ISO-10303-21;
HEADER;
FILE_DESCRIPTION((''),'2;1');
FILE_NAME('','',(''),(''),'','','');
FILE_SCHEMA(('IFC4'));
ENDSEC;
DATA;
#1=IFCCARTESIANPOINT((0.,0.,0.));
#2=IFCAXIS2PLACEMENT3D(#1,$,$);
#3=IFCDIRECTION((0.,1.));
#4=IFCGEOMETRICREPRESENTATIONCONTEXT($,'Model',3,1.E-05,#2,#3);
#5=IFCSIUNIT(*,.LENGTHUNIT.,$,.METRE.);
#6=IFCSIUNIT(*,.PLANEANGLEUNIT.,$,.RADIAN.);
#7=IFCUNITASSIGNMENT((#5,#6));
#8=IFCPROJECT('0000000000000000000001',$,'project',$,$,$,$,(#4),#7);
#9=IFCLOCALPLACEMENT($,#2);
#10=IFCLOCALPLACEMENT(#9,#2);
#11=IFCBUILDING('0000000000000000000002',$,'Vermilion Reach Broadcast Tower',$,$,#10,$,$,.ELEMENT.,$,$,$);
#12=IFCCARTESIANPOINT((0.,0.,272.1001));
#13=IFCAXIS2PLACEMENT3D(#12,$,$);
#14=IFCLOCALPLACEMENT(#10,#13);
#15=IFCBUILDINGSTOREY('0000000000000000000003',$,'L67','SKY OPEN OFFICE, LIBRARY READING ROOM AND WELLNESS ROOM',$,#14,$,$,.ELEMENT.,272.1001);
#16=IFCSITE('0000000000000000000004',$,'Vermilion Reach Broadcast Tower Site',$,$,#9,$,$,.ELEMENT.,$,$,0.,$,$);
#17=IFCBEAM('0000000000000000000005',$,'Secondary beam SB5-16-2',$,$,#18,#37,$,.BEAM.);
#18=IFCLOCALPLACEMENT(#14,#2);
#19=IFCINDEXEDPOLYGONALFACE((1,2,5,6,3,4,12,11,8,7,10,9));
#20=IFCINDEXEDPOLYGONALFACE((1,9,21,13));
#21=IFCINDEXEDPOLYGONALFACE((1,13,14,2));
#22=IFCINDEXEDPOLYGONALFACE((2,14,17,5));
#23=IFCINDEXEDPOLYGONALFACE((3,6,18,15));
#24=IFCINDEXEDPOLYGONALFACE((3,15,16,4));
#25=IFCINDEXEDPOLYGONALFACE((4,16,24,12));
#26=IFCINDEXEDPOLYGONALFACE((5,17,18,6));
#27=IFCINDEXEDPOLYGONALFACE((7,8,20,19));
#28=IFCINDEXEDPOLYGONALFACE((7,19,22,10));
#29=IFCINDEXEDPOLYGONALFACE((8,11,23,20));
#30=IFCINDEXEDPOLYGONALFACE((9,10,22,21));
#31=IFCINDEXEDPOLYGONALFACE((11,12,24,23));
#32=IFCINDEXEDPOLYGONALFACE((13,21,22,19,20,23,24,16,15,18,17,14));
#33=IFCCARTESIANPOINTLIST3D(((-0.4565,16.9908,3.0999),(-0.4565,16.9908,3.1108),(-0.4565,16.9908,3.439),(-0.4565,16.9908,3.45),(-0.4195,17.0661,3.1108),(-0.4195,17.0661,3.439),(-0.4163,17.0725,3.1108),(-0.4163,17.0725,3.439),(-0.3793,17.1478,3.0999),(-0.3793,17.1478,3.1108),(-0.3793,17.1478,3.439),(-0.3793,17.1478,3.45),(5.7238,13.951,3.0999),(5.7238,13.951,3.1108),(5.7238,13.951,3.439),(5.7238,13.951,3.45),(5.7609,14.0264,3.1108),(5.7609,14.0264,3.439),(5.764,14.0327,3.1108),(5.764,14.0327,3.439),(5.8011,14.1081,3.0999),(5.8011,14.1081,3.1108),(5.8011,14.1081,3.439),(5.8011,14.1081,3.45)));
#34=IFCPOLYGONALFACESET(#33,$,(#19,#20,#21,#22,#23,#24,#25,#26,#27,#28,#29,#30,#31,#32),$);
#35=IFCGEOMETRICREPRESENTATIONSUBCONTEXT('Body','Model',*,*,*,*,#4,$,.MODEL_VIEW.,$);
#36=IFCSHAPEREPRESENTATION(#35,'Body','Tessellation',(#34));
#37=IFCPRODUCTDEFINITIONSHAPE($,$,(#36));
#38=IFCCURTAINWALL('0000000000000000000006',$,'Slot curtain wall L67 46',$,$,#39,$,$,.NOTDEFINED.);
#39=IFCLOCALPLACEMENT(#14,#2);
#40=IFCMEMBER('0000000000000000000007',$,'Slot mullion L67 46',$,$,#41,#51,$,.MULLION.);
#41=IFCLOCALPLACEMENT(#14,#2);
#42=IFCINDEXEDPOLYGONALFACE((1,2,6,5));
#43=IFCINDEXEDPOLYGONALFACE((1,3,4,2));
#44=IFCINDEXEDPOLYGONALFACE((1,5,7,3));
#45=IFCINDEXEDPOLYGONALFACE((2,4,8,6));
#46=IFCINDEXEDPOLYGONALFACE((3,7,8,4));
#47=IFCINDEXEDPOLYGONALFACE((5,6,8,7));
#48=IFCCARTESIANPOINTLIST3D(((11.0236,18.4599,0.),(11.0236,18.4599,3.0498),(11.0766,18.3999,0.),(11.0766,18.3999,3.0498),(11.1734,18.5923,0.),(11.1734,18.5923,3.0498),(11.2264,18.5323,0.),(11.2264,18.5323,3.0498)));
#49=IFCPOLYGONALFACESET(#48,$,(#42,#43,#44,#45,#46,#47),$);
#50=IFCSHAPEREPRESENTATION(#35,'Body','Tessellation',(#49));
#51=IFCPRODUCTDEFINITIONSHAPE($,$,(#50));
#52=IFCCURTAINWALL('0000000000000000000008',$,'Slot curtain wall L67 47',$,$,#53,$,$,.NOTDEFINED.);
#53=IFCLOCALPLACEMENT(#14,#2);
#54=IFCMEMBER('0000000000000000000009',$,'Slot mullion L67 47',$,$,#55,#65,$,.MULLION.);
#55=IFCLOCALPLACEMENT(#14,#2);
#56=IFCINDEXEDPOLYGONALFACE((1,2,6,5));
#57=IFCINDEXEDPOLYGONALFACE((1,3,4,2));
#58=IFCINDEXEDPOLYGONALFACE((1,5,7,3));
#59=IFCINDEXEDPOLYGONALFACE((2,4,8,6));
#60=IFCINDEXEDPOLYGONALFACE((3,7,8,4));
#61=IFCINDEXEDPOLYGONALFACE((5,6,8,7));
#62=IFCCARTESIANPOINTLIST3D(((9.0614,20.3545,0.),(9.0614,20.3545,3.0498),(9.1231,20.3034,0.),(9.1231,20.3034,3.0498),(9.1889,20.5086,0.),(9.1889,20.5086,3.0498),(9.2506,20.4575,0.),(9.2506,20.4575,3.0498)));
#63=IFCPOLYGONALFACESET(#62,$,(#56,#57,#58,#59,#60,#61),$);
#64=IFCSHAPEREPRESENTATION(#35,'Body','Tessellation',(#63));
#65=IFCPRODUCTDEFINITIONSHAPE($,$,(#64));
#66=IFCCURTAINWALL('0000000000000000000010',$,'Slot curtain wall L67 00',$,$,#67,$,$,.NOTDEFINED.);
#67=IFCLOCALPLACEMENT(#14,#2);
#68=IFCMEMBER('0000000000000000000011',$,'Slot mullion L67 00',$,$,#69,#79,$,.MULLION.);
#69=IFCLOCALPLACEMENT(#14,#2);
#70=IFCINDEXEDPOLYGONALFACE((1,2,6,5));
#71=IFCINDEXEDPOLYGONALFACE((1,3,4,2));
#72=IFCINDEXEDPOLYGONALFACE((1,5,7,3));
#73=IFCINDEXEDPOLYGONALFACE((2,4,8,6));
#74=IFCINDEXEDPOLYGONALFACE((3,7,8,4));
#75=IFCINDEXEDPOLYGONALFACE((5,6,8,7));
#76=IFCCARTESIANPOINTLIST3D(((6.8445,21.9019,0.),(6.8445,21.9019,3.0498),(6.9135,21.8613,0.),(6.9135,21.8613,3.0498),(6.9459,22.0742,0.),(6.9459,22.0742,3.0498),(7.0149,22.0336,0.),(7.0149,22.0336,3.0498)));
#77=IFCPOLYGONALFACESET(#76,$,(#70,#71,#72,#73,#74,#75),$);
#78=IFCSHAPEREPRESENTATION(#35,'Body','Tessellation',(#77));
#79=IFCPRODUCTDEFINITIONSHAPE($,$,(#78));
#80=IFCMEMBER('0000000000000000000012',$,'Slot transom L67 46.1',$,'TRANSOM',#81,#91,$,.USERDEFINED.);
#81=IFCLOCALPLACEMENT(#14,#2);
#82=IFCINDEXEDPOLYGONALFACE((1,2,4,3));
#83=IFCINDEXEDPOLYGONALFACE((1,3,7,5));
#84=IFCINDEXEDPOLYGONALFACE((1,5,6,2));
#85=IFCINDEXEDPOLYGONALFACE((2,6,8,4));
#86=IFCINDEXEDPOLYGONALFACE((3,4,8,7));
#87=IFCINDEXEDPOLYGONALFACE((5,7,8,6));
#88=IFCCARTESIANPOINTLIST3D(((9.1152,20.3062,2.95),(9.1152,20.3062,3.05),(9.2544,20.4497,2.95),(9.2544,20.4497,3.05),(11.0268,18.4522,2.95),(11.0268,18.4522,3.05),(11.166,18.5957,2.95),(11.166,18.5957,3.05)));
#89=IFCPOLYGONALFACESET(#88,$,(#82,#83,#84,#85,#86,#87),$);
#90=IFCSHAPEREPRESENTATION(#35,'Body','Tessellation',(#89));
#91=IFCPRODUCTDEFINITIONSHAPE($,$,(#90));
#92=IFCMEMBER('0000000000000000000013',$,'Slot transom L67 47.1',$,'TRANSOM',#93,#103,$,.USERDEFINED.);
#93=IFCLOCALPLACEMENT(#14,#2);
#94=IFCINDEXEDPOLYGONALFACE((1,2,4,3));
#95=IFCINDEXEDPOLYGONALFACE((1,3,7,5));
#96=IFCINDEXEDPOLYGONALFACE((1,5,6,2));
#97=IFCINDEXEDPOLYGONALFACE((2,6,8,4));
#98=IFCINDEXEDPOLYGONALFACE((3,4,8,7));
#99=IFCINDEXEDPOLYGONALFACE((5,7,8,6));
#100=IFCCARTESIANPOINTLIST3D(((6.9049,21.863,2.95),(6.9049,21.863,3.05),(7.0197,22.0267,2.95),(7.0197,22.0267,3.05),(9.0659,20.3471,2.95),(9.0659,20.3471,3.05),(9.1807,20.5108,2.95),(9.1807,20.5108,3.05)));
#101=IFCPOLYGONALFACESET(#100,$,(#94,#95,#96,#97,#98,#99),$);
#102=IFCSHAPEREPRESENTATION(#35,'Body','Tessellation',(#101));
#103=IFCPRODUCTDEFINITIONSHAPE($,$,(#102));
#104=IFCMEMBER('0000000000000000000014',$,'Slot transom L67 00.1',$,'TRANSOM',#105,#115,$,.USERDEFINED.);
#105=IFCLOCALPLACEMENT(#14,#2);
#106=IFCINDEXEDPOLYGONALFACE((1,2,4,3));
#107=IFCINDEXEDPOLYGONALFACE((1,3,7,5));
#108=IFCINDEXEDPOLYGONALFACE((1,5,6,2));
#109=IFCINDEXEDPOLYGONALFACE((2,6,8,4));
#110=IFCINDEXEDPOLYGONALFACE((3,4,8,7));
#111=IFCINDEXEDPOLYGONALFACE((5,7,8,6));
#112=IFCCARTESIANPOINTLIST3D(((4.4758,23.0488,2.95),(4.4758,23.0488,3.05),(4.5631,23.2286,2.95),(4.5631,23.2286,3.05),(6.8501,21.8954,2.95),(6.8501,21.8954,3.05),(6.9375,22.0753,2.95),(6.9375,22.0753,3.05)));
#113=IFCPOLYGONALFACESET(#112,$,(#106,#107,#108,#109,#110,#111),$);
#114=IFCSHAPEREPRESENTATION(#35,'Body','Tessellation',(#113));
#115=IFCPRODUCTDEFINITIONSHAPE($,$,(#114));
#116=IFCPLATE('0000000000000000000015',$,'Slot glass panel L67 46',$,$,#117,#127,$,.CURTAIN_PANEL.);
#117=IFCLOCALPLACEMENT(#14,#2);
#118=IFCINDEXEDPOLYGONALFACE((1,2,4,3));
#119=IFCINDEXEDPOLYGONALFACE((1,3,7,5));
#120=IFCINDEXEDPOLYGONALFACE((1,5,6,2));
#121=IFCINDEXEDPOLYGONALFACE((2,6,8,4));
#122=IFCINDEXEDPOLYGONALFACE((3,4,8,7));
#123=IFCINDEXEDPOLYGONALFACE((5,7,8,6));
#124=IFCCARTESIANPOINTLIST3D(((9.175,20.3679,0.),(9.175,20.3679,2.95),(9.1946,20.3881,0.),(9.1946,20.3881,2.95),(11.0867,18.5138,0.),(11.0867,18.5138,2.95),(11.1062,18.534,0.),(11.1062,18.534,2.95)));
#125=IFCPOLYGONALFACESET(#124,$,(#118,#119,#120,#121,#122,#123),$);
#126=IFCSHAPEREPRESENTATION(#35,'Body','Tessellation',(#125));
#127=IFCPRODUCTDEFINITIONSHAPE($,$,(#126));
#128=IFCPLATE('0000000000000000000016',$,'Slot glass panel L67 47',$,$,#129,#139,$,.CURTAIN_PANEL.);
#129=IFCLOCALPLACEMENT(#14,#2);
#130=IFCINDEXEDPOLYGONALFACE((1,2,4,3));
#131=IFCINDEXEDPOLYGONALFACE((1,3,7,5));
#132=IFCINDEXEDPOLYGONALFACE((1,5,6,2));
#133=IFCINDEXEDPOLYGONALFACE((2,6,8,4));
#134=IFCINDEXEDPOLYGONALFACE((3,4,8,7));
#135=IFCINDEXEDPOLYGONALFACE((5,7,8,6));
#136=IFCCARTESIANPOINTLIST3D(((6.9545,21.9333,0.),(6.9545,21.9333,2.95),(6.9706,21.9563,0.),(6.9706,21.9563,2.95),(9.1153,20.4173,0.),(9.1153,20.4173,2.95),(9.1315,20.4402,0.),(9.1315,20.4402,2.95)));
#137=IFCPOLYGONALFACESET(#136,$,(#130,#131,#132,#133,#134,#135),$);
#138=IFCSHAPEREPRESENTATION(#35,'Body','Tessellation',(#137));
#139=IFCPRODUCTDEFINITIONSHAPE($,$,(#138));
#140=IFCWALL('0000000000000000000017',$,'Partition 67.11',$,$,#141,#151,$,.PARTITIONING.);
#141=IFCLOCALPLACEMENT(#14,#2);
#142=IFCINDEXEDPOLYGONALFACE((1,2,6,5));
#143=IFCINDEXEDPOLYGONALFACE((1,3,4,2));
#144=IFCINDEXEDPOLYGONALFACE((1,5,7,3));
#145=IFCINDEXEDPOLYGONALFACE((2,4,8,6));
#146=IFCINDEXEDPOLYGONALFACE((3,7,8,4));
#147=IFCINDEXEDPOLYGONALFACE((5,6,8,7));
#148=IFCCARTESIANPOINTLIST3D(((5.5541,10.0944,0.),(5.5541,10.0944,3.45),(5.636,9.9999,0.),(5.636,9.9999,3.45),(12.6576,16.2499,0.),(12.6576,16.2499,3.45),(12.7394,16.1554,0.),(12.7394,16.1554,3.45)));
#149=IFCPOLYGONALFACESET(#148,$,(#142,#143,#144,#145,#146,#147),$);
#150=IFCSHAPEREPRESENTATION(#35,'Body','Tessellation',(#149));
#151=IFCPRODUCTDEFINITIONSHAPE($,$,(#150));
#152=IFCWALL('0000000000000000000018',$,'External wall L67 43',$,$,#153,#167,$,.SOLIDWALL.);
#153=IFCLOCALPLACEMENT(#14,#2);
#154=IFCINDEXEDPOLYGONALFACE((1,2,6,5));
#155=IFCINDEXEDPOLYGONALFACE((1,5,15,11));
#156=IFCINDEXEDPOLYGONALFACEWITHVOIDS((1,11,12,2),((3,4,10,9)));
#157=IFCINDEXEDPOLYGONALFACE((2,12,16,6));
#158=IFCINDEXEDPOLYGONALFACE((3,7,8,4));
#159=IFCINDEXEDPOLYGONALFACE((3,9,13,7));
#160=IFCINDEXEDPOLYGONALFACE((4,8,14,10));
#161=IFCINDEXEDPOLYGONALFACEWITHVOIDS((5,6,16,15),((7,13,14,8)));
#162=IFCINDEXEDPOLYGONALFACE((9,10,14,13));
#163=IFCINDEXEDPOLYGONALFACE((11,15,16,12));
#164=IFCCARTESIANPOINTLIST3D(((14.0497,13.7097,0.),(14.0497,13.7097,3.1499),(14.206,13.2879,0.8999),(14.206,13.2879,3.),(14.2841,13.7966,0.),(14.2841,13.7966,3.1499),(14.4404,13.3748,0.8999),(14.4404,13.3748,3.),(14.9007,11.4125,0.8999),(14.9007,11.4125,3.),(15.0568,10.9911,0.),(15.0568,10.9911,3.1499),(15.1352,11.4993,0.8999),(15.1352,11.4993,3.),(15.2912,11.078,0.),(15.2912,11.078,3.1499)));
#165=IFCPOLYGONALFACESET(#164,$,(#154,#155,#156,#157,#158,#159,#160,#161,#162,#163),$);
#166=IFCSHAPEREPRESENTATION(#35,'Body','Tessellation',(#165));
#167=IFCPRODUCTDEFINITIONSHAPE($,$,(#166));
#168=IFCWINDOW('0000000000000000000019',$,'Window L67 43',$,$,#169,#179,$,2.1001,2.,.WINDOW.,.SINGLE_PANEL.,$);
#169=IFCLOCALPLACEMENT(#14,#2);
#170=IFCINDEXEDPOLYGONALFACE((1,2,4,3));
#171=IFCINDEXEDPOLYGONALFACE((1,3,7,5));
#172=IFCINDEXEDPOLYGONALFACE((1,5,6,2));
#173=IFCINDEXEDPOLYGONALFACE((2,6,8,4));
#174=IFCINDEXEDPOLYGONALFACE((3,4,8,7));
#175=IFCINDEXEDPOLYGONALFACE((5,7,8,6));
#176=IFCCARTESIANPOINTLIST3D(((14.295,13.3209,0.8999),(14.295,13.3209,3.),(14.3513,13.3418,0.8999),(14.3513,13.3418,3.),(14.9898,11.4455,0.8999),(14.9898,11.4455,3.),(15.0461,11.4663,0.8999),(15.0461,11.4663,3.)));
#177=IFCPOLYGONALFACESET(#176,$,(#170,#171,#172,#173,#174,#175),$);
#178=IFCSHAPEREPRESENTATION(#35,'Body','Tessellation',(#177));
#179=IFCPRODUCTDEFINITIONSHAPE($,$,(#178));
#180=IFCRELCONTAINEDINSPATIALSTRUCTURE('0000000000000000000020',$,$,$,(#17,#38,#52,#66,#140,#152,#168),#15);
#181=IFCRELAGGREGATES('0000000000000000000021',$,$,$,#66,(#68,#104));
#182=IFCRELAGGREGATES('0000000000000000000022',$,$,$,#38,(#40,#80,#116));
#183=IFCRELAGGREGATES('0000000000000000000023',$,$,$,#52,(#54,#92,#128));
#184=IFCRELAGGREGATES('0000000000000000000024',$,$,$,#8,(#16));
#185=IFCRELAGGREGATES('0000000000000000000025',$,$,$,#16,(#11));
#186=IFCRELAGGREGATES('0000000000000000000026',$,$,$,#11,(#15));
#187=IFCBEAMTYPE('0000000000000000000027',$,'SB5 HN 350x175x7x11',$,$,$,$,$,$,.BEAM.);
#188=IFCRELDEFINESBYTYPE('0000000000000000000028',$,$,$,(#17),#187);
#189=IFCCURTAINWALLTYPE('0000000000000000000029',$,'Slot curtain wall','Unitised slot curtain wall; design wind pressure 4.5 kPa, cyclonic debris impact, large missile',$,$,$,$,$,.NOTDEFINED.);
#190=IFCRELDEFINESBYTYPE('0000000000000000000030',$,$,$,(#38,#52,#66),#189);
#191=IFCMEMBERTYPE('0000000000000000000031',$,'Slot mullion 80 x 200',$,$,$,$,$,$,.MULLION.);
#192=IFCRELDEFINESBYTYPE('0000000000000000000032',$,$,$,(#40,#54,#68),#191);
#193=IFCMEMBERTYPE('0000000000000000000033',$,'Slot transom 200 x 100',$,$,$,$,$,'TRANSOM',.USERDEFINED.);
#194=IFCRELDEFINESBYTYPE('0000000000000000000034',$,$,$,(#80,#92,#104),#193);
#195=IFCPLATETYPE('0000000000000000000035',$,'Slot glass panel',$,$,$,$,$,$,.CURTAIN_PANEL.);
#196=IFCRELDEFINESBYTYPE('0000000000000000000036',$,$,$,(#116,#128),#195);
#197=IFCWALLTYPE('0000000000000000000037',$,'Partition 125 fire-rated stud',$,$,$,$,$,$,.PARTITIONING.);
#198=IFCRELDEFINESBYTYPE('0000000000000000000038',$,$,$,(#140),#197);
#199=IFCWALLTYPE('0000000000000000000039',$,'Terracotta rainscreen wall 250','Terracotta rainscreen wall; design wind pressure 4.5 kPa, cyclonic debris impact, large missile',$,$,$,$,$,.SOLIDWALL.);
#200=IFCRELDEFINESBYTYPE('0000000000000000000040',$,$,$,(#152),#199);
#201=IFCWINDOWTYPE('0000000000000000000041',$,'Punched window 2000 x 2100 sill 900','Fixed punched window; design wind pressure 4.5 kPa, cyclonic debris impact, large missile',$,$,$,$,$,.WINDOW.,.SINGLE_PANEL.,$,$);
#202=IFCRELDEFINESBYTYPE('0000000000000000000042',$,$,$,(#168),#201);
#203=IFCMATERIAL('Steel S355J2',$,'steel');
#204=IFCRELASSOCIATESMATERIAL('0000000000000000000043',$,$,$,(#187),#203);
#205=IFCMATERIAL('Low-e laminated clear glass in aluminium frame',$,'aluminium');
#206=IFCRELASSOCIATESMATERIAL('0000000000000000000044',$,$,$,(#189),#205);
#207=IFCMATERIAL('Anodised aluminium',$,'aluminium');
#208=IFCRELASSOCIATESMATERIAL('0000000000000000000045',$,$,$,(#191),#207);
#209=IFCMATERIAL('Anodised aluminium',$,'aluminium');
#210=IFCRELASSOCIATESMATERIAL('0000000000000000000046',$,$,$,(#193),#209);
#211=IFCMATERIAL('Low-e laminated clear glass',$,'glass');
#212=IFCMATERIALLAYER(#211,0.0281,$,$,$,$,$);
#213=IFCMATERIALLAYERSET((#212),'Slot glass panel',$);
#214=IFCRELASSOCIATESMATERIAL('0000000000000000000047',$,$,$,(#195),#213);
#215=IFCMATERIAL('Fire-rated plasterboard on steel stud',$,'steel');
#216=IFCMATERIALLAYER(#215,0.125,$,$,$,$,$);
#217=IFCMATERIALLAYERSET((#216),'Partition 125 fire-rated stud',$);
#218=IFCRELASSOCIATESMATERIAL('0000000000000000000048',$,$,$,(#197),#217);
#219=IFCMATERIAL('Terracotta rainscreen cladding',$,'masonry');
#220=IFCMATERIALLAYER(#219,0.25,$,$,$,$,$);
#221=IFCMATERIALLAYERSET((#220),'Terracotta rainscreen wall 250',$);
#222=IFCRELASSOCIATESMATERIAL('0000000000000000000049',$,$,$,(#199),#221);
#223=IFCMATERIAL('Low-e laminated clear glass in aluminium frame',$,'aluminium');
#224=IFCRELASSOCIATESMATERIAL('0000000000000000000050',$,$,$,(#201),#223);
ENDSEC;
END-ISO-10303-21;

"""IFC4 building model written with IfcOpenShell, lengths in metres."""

from ifc_helpers import new_model, si_unit, direction, frame, frame_2d, origin, origin_2d, place, context, subcontext, project, spatial, rectangle, i_section, extrude, material, layer, layer_set, material_profile, profile_set, type_object, element, fill, aggregate, save


model = new_model("IFC4")

# Units and contexts
model_context = context("Model", 3, precision=1e-05, world=origin(), true_north=direction((0.0, 1.0)))
body_context = subcontext(model_context, "Body", "Model", "MODEL_VIEW")
ifc_project = project(units=[si_unit("LENGTHUNIT", "METRE"), si_unit("PLANEANGLEUNIT", "RADIAN")], contexts=[model_context])

# Site, building, storey
site_placement = place(None, origin())
site = spatial("IfcSite", under=ifc_project, at=site_placement, Name="Vermilion Reach Broadcast Tower Site", CompositionType="ELEMENT", RefElevation=0.0)
building_placement = place(site_placement, origin())
building = spatial("IfcBuilding", under=site, at=building_placement, Name="Vermilion Reach Broadcast Tower", CompositionType="ELEMENT")
storey_placement = place(building_placement, frame((0.0, 0.0, 272.1001)))
storey = spatial("IfcBuildingStorey", under=building, at=storey_placement, Name="L67", Description="SKY OPEN OFFICE, LIBRARY READING ROOM AND WELLNESS ROOM", CompositionType="ELEMENT", Elevation=272.1001)

# Beam
ifc_material_1 = material(Name="Steel S355J2", Category="steel")
ifc_material_profile_1 = material_profile(ifc_material_1, i_section(OverallWidth=0.175, OverallDepth=0.3501, WebThickness=0.0071, FlangeThickness=0.011, at=origin_2d()), Name="S355J2 HN 350x175x7x11")
ifc_profile_set_1 = profile_set([ifc_material_profile_1], Name="Steel S355J2")
beam_type_1 = type_object("IfcBeamType", Name="SB5 HN 350x175x7x11", PredefinedType="BEAM", material=ifc_profile_set_1)
beam_1_placement = place(storey_placement, frame((5.7625, 14.0295, 3.2749), z_axis=(-0.897336, 0.441348, 0.0), x_axis=(-0.441348, -0.897336, 0.0)))
element("IfcBeam", 1, at=beam_1_placement, inside=storey, type_object=beam_type_1, Name="Secondary beam SB5-16-2", PredefinedType="BEAM", context=body_context, shape_type="SweptSolid", body=[
    extrude(i_section(OverallWidth=0.175, OverallDepth=0.3501, WebThickness=0.0071, FlangeThickness=0.011, at=origin_2d()), origin(), (0.0, 0.0, 1.0), 6.8875),
])

# Curtain walls, members
ifc_material_2 = material(Name="Low-e laminated clear glass in aluminium frame", Category="aluminium")
curtain_wall_type = type_object("IfcCurtainWallType", Name="Slot curtain wall", Description="Unitised slot curtain wall; design wind pressure 4.5 kPa, cyclonic debris impact, large missile", PredefinedType="NOTDEFINED", material=ifc_material_2)
placement = place(storey_placement, origin())
curtain_wall_1 = element("IfcCurtainWall", 2, at=placement, inside=storey, type_object=curtain_wall_type, Name="Slot curtain wall L67 46", PredefinedType="NOTDEFINED")
ifc_material_3 = material(Name="Anodised aluminium", Category="aluminium")
ifc_material_profile_2 = material_profile(ifc_material_3, rectangle(XDim=0.2, YDim=0.0801, at=origin_2d()), Name="Slot mullion 80 x 200")
ifc_profile_set_2 = profile_set([ifc_material_profile_2], Name="Anodised aluminium")
member_type_1 = type_object("IfcMemberType", Name="Slot mullion 80 x 200", PredefinedType="MULLION", material=ifc_profile_set_2)
member_1_placement = place(storey_placement, frame((11.125, 18.4961, 0.0), z_axis=(0.0, 0.0, 1.0), x_axis=(-0.749574, -0.661921, 0.0)))
member_1 = element("IfcMember", 3, at=member_1_placement, type_object=member_type_1, Name="Slot mullion L67 46", PredefinedType="MULLION", context=body_context, shape_type="SweptSolid", body=[
    extrude(rectangle(XDim=0.2, YDim=0.0801, at=origin_2d()), origin(), (0.0, 0.0, 1.0), 3.0498),
])
curtain_wall_2 = element("IfcCurtainWall", 4, at=placement, inside=storey, type_object=curtain_wall_type, Name="Slot curtain wall L67 47", PredefinedType="NOTDEFINED")
member_2_placement = place(storey_placement, frame((9.156, 20.406, 0.0), z_axis=(0.0, 0.0, 1.0), x_axis=(-0.637275, -0.770637, 0.0)))
member_2 = element("IfcMember", 5, at=member_2_placement, type_object=member_type_1, Name="Slot mullion L67 47", PredefinedType="MULLION", context=body_context, shape_type="SweptSolid", body=[
    extrude(rectangle(XDim=0.2, YDim=0.0801, at=origin_2d()), origin(), (0.0, 0.0, 1.0), 3.0498),
])
curtain_wall_3 = element("IfcCurtainWall", 6, at=placement, inside=storey, type_object=curtain_wall_type, Name="Slot curtain wall L67 00", PredefinedType="NOTDEFINED")
member_3_placement = place(storey_placement, frame((6.9297, 21.9678, 0.0), z_axis=(0.0, 0.0, 1.0), x_axis=(-0.507238, -0.861806, 0.0)))
member_3 = element("IfcMember", 7, at=member_3_placement, type_object=member_type_1, Name="Slot mullion L67 00", PredefinedType="MULLION", context=body_context, shape_type="SweptSolid", body=[
    extrude(rectangle(XDim=0.2, YDim=0.0801, at=origin_2d()), origin(), (0.0, 0.0, 1.0), 3.0498),
])

# Members
ifc_material_4 = material(Name="Anodised aluminium", Category="aluminium")
ifc_material_profile_3 = material_profile(ifc_material_4, rectangle(XDim=0.2, YDim=0.1001, at=origin_2d()), Name="Slot transom 200 x 100")
ifc_profile_set_3 = profile_set([ifc_material_profile_3], Name="Anodised aluminium")
member_type_2 = type_object("IfcMemberType", Name="Slot transom 200 x 100", ElementType="TRANSOM", PredefinedType="USERDEFINED", material=ifc_profile_set_3)
member_4_placement = place(storey_placement, frame((11.0964, 18.5239, 3.0), z_axis=(-0.717842, 0.696206, 0.0), x_axis=(-0.696206, -0.717842, 0.0)))
member_4 = element("IfcMember", 8, at=member_4_placement, type_object=member_type_2, Name="Slot transom L67 46.1", ObjectType="TRANSOM", PredefinedType="USERDEFINED", context=body_context, shape_type="SweptSolid", body=[
    extrude(rectangle(XDim=0.2, YDim=0.1001, at=origin_2d()), origin(), (0.0, 0.0, 1.0), 2.6631),
])
member_5_placement = place(storey_placement, frame((9.1233, 20.429, 3.0), z_axis=(-0.818654, 0.574288, 0.0), x_axis=(-0.574288, -0.818654, 0.0)))
member_5 = element("IfcMember", 9, at=member_5_placement, type_object=member_type_2, Name="Slot transom L67 47.1", ObjectType="TRANSOM", PredefinedType="USERDEFINED", context=body_context, shape_type="SweptSolid", body=[
    extrude(rectangle(XDim=0.2, YDim=0.1001, at=origin_2d()), origin(), (0.0, 0.0, 1.0), 2.6396),
])
member_6_placement = place(storey_placement, frame((6.8938, 21.9854, 3.0), z_axis=(-0.899493, 0.436936, 0.0), x_axis=(-0.436936, -0.899493, 0.0)))
member_6 = element("IfcMember", 10, at=member_6_placement, type_object=member_type_2, Name="Slot transom L67 00.1", ObjectType="TRANSOM", PredefinedType="USERDEFINED", context=body_context, shape_type="SweptSolid", body=[
    extrude(rectangle(XDim=0.2, YDim=0.1001, at=origin_2d()), origin(), (0.0, 0.0, 1.0), 2.6396),
])
aggregate(curtain_wall_3, [member_3, member_6])

# Plates
ifc_material_5 = material(Name="Low-e laminated clear glass", Category="glass")
ifc_layer_1 = layer(ifc_material_5, 0.0281)
ifc_layer_set_1 = layer_set([ifc_layer_1], Name="Slot glass panel")
plate_type = type_object("IfcPlateType", Name="Slot glass panel", PredefinedType="CURTAIN_PANEL", material=ifc_layer_set_1)
plate_1_placement = place(storey_placement, frame((10.1406, 19.4509, 0.0), z_axis=(0.0, 0.0, 1.0), x_axis=(-0.717828, 0.696221, 0.0)))
plate_1 = element("IfcPlate", 11, at=plate_1_placement, type_object=plate_type, Name="Slot glass panel L67 46", PredefinedType="CURTAIN_PANEL", context=body_context, shape_type="SweptSolid", body=[
    extrude(rectangle(XDim=2.6631, YDim=0.0281, at=origin_2d()), origin(), (0.0, 0.0, 1.0), 2.95),
])
aggregate(curtain_wall_1, [member_1, member_4, plate_1])
plate_2_placement = place(storey_placement, frame((8.043, 21.1868, 0.0), z_axis=(0.0, 0.0, 1.0), x_axis=(-0.818619, 0.574338, 0.0)))
plate_2 = element("IfcPlate", 12, at=plate_2_placement, type_object=plate_type, Name="Slot glass panel L67 47", PredefinedType="CURTAIN_PANEL", context=body_context, shape_type="SweptSolid", body=[
    extrude(rectangle(XDim=2.6396, YDim=0.0281, at=origin_2d()), origin(), (0.0, 0.0, 1.0), 2.95),
])
aggregate(curtain_wall_2, [member_2, member_5, plate_2])

# Wall
ifc_material_6 = material(Name="Fire-rated plasterboard on steel stud", Category="steel")
ifc_layer_2 = layer(ifc_material_6, 0.125)
ifc_layer_set_2 = layer_set([ifc_layer_2], Name="Partition 125 fire-rated stud")
wall_type_1 = type_object("IfcWallType", Name="Partition 125 fire-rated stud", PredefinedType="PARTITIONING", material=ifc_layer_set_2)
wall_1_placement = place(storey_placement, frame((12.6985, 16.2026, 0.0), z_axis=(0.0, 0.0, 1.0), x_axis=(-0.755735, -0.654878, 0.0)))
element("IfcWall", 13, at=wall_1_placement, inside=storey, type_object=wall_type_1, Name="Partition 67.11", PredefinedType="PARTITIONING", context=body_context, shape_type="SweptSolid", body=[
    extrude(rectangle(XDim=9.3994, YDim=0.125, at=frame_2d((4.6997, 0.0))), origin(), (0.0, 0.0, 1.0), 3.45),
])

# Wall, opening, window
ifc_material_7 = material(Name="Terracotta rainscreen cladding", Category="masonry")
ifc_layer_3 = layer(ifc_material_7, 0.25)
ifc_layer_set_3 = layer_set([ifc_layer_3], Name="Terracotta rainscreen wall 250")
wall_type_2 = type_object("IfcWallType", Name="Terracotta rainscreen wall 250", Description="Terracotta rainscreen wall; design wind pressure 4.5 kPa, cyclonic debris impact, large missile", PredefinedType="SOLIDWALL", material=ifc_layer_set_3)
wall_2_placement = place(storey_placement, frame((15.1741, 11.0344, 0.0), z_axis=(0.0, 0.0, 1.0), x_axis=(-0.347383, 0.937723, 0.0)))
wall_2 = element("IfcWall", 14, at=wall_2_placement, inside=storey, type_object=wall_type_2, Name="External wall L67 43", PredefinedType="SOLIDWALL", context=body_context, shape_type="SweptSolid", body=[
    extrude(rectangle(XDim=2.8992, YDim=0.25, at=frame_2d((1.4497, 0.0))), origin(), (0.0, 0.0, 1.0), 3.1499),
])
opening_1_placement = place(wall_2_placement, frame((0.4495, 0.0, 0.8999)))
opening_1 = element("IfcOpeningElement", 15, at=opening_1_placement, cuts=wall_2, PredefinedType="OPENING", context=body_context, shape_type="SweptSolid", body=[
    extrude(rectangle(XDim=2.0, YDim=2.1001, at=frame_2d((1.0, 1.05))), frame((0.0, 0.135, 0.0), z_axis=(0.0, -1.0, 0.0), x_axis=(1.0, 0.0, 0.0)), (0.0, 0.0, 1.0), 0.27),
])
ifc_material_8 = material(Name="Low-e laminated clear glass in aluminium frame", Category="aluminium")
window_type = type_object("IfcWindowType", Name="Punched window 2000 x 2100 sill 900", Description="Fixed punched window; design wind pressure 4.5 kPa, cyclonic debris impact, large missile", PartitioningType="SINGLE_PANEL", PredefinedType="WINDOW", material=ifc_material_8)
window_placement = place(opening_1_placement, origin())
window = element("IfcWindow", 16, at=window_placement, inside=storey, type_object=window_type, Name="Window L67 43", OverallHeight=2.1001, OverallWidth=2.0, PartitioningType="SINGLE_PANEL", PredefinedType="WINDOW", context=body_context, shape_type="SweptSolid", body=[
    extrude(rectangle(XDim=2.0, YDim=2.1001, at=frame_2d((1.0, 1.05))), frame((0.0, 0.03, 0.0), z_axis=(0.0, -1.0, 0.0), x_axis=(1.0, 0.0, 0.0)), (0.0, 0.0, 1.0), 0.0601),
])
fill(opening_1, window)

save(model, "model.ifc")
